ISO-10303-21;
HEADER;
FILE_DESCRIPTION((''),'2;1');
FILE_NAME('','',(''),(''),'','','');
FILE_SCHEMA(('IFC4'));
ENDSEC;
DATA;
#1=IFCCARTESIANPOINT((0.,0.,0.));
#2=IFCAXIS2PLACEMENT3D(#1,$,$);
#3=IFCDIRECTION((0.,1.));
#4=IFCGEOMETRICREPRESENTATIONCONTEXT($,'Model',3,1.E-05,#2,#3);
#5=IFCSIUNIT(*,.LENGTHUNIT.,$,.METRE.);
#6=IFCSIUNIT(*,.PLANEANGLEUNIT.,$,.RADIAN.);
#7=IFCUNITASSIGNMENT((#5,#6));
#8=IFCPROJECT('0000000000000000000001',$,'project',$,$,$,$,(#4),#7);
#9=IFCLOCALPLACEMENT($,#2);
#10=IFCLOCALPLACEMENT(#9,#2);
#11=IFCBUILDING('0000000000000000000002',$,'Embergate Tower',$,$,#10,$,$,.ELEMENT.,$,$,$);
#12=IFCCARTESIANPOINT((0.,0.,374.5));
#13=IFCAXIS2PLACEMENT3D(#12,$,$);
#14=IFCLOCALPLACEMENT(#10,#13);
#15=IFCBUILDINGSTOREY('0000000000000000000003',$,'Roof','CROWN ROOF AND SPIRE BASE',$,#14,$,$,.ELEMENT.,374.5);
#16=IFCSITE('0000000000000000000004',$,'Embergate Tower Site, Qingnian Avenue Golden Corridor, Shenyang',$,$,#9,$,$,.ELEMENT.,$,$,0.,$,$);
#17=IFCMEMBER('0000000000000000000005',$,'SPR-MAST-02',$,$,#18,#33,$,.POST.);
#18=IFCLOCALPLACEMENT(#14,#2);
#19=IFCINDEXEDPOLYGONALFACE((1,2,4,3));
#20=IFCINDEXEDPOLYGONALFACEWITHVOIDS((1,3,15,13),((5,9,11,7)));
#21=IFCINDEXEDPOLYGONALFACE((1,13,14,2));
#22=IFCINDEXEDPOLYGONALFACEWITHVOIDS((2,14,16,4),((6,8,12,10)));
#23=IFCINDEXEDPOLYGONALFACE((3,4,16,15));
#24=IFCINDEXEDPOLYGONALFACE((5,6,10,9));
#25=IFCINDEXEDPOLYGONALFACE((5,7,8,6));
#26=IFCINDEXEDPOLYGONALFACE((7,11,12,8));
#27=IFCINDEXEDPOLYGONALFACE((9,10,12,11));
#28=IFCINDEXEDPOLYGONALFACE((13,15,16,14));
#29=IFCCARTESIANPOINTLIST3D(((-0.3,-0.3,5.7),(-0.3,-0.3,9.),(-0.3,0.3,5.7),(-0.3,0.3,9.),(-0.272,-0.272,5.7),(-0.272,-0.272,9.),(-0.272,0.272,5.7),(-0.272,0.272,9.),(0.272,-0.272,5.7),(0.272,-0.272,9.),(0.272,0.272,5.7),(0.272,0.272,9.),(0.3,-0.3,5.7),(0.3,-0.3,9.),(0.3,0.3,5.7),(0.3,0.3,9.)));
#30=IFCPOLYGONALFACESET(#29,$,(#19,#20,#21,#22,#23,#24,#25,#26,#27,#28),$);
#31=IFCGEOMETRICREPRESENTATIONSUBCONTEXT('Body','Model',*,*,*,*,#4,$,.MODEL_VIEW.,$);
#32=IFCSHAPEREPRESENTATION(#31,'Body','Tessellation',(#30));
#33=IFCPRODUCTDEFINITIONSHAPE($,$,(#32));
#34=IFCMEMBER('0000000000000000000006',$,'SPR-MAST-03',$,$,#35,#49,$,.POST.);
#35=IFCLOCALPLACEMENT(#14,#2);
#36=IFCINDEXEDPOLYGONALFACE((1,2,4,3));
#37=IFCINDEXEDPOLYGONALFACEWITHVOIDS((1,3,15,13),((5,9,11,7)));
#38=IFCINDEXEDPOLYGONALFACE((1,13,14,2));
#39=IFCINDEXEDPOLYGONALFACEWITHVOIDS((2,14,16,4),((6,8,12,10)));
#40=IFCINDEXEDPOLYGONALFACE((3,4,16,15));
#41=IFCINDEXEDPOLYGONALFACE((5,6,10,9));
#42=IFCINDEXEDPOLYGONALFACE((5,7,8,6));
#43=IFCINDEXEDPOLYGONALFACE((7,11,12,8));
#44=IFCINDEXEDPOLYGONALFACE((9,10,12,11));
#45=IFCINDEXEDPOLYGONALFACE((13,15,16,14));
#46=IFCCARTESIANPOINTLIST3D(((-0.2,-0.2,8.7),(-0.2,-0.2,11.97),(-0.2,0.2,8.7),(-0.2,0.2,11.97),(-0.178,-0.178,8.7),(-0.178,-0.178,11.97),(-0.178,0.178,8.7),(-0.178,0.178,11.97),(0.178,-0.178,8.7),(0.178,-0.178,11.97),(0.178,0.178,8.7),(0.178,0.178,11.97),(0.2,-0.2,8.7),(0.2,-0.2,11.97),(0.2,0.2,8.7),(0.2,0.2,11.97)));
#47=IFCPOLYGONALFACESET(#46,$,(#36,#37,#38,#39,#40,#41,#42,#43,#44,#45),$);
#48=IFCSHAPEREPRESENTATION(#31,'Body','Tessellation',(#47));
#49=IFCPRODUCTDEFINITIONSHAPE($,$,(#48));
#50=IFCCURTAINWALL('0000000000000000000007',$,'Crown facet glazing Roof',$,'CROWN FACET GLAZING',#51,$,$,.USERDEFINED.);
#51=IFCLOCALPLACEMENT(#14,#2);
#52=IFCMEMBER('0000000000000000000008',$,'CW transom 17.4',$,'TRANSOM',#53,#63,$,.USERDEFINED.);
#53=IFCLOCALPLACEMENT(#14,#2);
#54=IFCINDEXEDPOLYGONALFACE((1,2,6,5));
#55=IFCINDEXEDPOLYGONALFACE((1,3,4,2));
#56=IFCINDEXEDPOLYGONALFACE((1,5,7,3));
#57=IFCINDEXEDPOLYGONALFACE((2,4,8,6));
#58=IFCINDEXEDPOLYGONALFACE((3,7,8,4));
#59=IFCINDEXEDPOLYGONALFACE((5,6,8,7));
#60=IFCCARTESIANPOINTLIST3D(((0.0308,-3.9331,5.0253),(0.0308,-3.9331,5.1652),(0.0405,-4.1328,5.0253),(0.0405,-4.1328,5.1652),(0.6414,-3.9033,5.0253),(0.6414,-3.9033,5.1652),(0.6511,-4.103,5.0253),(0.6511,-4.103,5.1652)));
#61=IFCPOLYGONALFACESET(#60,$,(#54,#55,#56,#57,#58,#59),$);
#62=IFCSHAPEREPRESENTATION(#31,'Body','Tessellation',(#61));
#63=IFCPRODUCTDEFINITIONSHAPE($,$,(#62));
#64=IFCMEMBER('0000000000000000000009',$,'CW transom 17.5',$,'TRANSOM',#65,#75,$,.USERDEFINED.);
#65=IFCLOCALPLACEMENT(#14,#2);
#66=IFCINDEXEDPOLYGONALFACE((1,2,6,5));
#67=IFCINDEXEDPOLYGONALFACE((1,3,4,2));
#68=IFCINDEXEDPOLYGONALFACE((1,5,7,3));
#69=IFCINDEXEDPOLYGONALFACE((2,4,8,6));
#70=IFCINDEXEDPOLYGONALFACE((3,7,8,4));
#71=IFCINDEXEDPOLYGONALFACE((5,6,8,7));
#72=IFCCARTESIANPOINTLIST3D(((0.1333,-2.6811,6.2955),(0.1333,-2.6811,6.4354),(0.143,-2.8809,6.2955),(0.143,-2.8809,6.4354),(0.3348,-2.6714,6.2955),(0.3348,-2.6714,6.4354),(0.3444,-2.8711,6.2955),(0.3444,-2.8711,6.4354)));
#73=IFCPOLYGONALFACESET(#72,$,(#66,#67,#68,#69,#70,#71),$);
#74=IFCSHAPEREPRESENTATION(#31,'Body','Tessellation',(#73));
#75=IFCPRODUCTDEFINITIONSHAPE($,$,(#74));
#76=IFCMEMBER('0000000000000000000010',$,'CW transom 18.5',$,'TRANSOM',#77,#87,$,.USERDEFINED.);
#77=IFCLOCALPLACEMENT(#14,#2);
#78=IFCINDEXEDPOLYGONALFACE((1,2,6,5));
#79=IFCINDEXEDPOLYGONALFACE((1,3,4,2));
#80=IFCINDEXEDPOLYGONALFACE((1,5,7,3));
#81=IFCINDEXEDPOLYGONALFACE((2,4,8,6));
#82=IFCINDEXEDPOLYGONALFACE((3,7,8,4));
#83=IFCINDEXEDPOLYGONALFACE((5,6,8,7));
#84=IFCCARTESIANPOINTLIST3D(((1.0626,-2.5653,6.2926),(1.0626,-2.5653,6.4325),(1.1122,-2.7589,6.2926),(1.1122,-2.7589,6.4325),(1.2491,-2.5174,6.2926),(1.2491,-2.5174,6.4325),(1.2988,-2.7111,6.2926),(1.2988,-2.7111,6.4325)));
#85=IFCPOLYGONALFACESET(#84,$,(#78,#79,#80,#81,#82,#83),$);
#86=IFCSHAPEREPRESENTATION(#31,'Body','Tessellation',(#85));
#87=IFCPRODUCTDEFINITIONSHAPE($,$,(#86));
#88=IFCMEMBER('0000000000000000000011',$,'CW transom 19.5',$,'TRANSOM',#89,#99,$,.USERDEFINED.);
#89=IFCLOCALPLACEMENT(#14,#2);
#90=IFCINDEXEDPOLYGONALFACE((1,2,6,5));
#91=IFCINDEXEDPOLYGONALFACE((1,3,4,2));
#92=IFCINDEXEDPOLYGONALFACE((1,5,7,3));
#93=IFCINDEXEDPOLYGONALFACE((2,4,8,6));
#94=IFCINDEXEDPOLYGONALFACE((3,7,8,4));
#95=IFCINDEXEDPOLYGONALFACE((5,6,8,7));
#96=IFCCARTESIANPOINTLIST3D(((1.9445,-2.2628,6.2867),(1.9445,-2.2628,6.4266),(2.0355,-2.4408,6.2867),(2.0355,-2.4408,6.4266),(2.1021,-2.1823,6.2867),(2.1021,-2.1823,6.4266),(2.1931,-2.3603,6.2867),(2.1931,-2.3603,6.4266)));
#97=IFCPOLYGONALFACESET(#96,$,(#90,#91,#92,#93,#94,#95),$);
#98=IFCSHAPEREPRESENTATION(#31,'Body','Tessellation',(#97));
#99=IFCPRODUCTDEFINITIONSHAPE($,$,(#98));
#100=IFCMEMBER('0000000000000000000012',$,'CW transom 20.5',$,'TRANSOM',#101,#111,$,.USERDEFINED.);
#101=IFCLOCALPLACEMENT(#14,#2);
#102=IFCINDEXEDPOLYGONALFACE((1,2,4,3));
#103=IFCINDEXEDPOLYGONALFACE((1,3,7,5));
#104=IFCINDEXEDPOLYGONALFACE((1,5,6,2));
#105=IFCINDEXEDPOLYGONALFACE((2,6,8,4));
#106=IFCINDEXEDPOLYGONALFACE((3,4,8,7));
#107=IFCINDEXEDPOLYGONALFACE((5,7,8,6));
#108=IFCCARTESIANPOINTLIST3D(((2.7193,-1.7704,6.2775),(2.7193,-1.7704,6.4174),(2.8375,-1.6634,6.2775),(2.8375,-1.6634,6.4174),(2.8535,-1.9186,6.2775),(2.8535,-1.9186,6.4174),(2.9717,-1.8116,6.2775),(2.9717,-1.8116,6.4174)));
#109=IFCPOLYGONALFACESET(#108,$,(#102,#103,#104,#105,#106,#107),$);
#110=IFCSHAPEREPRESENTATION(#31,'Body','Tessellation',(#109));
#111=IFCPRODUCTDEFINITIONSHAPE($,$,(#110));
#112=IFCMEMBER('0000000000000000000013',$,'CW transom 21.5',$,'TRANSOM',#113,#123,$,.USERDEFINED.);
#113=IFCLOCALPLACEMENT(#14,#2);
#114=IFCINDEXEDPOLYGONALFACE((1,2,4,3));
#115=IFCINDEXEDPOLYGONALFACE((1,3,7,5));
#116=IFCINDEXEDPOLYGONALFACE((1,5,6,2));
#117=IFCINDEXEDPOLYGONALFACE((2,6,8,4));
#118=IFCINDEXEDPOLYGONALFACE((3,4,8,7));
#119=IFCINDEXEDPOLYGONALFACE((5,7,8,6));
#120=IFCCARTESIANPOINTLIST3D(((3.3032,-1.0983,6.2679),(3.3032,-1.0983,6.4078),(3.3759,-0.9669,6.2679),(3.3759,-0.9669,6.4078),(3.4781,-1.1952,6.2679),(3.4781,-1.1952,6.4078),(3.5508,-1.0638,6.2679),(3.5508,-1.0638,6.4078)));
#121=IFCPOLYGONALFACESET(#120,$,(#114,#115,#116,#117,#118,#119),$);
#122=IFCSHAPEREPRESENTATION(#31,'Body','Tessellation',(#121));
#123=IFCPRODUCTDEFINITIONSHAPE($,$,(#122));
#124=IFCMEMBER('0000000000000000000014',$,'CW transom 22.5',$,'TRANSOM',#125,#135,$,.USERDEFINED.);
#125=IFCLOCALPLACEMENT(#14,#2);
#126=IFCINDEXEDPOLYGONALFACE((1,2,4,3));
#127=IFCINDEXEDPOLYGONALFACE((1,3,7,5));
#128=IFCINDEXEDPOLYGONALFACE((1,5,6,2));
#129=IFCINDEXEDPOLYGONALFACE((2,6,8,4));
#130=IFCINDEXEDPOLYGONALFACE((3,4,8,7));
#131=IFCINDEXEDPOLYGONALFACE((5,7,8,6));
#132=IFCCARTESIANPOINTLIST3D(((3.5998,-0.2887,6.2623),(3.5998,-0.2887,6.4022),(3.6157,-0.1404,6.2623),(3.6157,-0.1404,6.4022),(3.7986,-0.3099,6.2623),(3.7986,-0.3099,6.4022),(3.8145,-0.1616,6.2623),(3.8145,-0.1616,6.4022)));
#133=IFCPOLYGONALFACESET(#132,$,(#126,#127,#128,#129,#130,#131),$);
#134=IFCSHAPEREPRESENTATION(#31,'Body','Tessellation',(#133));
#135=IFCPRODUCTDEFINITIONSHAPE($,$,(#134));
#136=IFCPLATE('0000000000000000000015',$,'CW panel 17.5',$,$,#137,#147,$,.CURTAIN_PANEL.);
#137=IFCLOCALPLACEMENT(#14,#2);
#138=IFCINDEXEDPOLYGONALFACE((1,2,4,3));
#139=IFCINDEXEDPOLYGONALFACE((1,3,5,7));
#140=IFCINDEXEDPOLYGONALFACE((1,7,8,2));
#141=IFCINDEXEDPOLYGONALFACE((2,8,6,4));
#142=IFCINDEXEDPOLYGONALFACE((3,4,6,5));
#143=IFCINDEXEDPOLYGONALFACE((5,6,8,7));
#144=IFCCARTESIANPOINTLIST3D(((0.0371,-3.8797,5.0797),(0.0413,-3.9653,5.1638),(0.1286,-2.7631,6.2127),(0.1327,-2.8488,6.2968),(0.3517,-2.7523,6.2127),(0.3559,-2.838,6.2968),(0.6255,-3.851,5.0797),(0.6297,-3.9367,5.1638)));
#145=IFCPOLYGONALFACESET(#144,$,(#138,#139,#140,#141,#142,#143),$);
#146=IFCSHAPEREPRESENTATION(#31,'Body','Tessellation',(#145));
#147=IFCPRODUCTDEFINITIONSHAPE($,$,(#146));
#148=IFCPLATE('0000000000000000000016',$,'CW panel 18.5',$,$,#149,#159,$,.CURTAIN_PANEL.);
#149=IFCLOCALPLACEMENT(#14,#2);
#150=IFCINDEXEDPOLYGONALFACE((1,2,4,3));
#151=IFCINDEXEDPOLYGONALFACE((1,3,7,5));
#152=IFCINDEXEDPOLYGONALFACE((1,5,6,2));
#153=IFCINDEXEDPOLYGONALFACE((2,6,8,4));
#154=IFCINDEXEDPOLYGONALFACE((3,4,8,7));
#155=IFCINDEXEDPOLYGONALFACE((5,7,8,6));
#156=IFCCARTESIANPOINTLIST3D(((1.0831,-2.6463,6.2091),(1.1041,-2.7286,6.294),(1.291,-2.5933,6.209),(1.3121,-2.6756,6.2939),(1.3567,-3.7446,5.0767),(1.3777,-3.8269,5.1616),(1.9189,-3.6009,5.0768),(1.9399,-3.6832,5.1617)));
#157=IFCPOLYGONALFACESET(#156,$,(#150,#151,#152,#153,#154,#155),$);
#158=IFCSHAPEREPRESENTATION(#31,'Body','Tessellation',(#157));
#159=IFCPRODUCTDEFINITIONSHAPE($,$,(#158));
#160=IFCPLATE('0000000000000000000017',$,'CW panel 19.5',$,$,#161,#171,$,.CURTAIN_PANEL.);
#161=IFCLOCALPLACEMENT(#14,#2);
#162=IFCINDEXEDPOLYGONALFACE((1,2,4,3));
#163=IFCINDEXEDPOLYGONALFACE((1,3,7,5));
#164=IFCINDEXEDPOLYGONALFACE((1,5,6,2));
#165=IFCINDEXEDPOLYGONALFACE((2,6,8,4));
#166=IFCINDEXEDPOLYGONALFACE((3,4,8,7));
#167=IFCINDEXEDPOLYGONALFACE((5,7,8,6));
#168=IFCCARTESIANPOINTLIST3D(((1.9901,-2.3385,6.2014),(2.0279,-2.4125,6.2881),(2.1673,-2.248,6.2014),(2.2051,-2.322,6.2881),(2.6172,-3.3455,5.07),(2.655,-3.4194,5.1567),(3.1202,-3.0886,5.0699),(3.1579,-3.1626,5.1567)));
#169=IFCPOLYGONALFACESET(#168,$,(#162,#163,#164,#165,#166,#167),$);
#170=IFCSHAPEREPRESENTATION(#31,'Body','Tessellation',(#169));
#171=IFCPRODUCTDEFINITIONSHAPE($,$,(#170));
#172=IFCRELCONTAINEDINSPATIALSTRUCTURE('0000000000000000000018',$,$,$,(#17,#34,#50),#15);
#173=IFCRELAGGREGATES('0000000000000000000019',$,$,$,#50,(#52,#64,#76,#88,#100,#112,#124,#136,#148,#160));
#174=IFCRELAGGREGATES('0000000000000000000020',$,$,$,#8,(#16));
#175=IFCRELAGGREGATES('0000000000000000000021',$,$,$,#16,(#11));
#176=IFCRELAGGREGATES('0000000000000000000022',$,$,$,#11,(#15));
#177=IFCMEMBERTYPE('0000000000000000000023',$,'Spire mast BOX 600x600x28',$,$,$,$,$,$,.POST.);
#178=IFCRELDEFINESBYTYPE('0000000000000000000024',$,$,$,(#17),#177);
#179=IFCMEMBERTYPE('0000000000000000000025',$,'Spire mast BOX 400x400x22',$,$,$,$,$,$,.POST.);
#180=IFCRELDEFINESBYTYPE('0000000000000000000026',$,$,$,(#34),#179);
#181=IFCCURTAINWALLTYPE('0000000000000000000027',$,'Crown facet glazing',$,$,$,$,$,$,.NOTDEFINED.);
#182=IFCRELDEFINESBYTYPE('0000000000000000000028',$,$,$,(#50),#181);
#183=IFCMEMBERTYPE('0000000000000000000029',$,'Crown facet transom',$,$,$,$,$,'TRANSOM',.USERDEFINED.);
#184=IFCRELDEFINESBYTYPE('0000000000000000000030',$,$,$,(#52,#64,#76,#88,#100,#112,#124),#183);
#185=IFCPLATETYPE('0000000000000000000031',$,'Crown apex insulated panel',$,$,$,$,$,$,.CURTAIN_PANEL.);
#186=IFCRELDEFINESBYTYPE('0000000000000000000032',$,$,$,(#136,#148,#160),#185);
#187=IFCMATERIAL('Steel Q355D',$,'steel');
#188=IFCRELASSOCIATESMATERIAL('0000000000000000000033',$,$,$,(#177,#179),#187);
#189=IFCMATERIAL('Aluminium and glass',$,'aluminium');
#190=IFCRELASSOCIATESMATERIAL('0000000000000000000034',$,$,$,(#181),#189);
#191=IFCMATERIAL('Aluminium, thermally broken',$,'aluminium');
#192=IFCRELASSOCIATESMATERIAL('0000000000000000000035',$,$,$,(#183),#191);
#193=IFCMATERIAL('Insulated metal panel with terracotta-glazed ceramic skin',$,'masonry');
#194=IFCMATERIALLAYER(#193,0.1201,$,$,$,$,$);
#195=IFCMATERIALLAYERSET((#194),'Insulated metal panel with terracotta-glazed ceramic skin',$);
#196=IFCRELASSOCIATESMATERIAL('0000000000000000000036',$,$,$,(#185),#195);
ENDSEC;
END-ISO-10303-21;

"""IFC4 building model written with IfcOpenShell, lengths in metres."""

from ifc_helpers import new_model, si_unit, direction, frame, origin, origin_2d, place, context, subcontext, project, spatial, polyline, rectangle, hollow_rectangle, outline, extrude, source, transform, mapped, material, layer, layer_set, material_profile, profile_set, type_object, element, aggregate, save


model = new_model("IFC4")

# Units and contexts
model_context = context("Model", 3, precision=1e-05, world=origin(), true_north=direction((0.0, 1.0)))
body_context = subcontext(model_context, "Body", "Model", "MODEL_VIEW")
ifc_project = project(units=[si_unit("LENGTHUNIT", "METRE"), si_unit("PLANEANGLEUNIT", "RADIAN")], contexts=[model_context])

# Site, building, storey
site_placement = place(None, origin())
site = spatial("IfcSite", under=ifc_project, at=site_placement, Name="Embergate Tower Site, Qingnian Avenue Golden Corridor, Shenyang", CompositionType="ELEMENT", RefElevation=0.0)
building_placement = place(site_placement, origin())
building = spatial("IfcBuilding", under=site, at=building_placement, Name="Embergate Tower", CompositionType="ELEMENT")
storey_placement = place(building_placement, frame((0.0, 0.0, 374.5)))
storey = spatial("IfcBuildingStorey", under=building, at=storey_placement, Name="Roof", Description="CROWN ROOF AND SPIRE BASE", CompositionType="ELEMENT", Elevation=374.5)

# Members
ifc_material_1 = material(Name="Steel Q355D", Category="steel")
ifc_material_profile_1 = material_profile(ifc_material_1, hollow_rectangle(XDim=0.6001, YDim=0.6001, WallThickness=0.0281, at=origin_2d()), Name="BOX 600x600x28")
ifc_profile_set_1 = profile_set([ifc_material_profile_1], Name="Steel Q355 grade D")
member_type_1 = type_object("IfcMemberType", Name="Spire mast BOX 600x600x28", PredefinedType="POST", material=ifc_profile_set_1)
shared_shape_1 = source(origin(), body_context, "Body", "SweptSolid", [
    extrude(hollow_rectangle(XDim=0.6001, YDim=0.6001, WallThickness=0.0281, at=origin_2d()), origin(), (0.0, 0.0, 1.0), 3.3),
])
member_1_placement = place(storey_placement, frame((0.0, 0.0, 5.7), z_axis=(0.0, 0.0, 1.0), x_axis=(1.0, 0.0, 0.0)))
element("IfcMember", 1, at=member_1_placement, inside=storey, type_object=member_type_1, Name="SPR-MAST-02", PredefinedType="POST", context=body_context, shape_type="MappedRepresentation", body=[
    mapped(shared_shape_1, transform((0.0, 0.0, 0.0))),
])
ifc_material_profile_2 = material_profile(ifc_material_1, hollow_rectangle(XDim=0.3999, YDim=0.3999, WallThickness=0.022, at=origin_2d()), Name="BOX 400x400x22")
ifc_profile_set_2 = profile_set([ifc_material_profile_2], Name="Steel Q355 grade D")
member_type_2 = type_object("IfcMemberType", Name="Spire mast BOX 400x400x22", PredefinedType="POST", material=ifc_profile_set_2)
shared_shape_2 = source(origin(), body_context, "Body", "SweptSolid", [
    extrude(hollow_rectangle(XDim=0.3999, YDim=0.3999, WallThickness=0.022, at=origin_2d()), origin(), (0.0, 0.0, 1.0), 3.27),
])
member_2_placement = place(storey_placement, frame((0.0, 0.0, 8.7), z_axis=(0.0, 0.0, 1.0), x_axis=(1.0, 0.0, 0.0)))
element("IfcMember", 2, at=member_2_placement, inside=storey, type_object=member_type_2, Name="SPR-MAST-03", PredefinedType="POST", context=body_context, shape_type="MappedRepresentation", body=[
    mapped(shared_shape_2, transform((0.0, 0.0, 0.0))),
])

# Curtain wall, members, plates
ifc_material_2 = material(Name="Aluminium and glass", Category="aluminium")
curtain_wall_type = type_object("IfcCurtainWallType", Name="Crown facet glazing", PredefinedType="NOTDEFINED", material=ifc_material_2)
curtain_wall_placement = place(storey_placement, origin())
curtain_wall = element("IfcCurtainWall", 3, at=curtain_wall_placement, inside=storey, type_object=curtain_wall_type, Name="Crown facet glazing Roof", ObjectType="CROWN FACET GLAZING", PredefinedType="USERDEFINED")
ifc_material_3 = material(Name="Aluminium, thermally broken", Category="aluminium")
ifc_material_profile_3 = material_profile(ifc_material_3, rectangle(XDim=0.2, YDim=0.1399, at=origin_2d()), Name="AL 140x200")
ifc_profile_set_3 = profile_set([ifc_material_profile_3], Name="Aluminium, thermally broken")
member_type_3 = type_object("IfcMemberType", Name="Crown facet transom", ElementType="TRANSOM", PredefinedType="USERDEFINED", material=ifc_profile_set_3)
shared_shape_3 = source(origin(), body_context, "Body", "SweptSolid", [
    extrude(rectangle(XDim=0.2, YDim=0.1399, at=origin_2d()), origin(), (0.0, 0.0, 1.0), 0.6113),
])
member_3_placement = place(storey_placement, frame((0.0356, -4.033, 5.0952), z_axis=(0.998812, 0.048723, 0.0), x_axis=(-0.048723, 0.998812, 0.0)))
member_3 = element("IfcMember", 4, at=member_3_placement, type_object=member_type_3, Name="CW transom 17.4", ObjectType="TRANSOM", PredefinedType="USERDEFINED", context=body_context, shape_type="MappedRepresentation", body=[
    mapped(shared_shape_3, transform((0.0, 0.0, 0.0))),
])
shared_shape_4 = source(origin(), body_context, "Body", "SweptSolid", [
    extrude(rectangle(XDim=0.2, YDim=0.1399, at=origin_2d()), origin(), (0.0, 0.0, 1.0), 0.2017),
])
member_4_placement = place(storey_placement, frame((0.1382, -2.781, 6.3655), z_axis=(0.998827, 0.048428, 0.0), x_axis=(-0.048428, 0.998827, 0.0)))
member_4 = element("IfcMember", 5, at=member_4_placement, type_object=member_type_3, Name="CW transom 17.5", ObjectType="TRANSOM", PredefinedType="USERDEFINED", context=body_context, shape_type="MappedRepresentation", body=[
    mapped(shared_shape_4, transform((0.0, 0.0, 0.0))),
])
shared_shape_5 = source(origin(), body_context, "Body", "SweptSolid", [
    extrude(rectangle(XDim=0.2, YDim=0.1399, at=origin_2d()), origin(), (0.0, 0.0, 1.0), 0.1926),
])
member_5_placement = place(storey_placement, frame((1.0874, -2.6621, 6.3625), z_axis=(0.968633, 0.248497, 0.0), x_axis=(-0.248497, 0.968633, 0.0)))
member_5 = element("IfcMember", 6, at=member_5_placement, type_object=member_type_3, Name="CW transom 18.5", ObjectType="TRANSOM", PredefinedType="USERDEFINED", context=body_context, shape_type="MappedRepresentation", body=[
    mapped(shared_shape_5, transform((0.0, 0.0, 0.0))),
])
shared_shape_6 = source(origin(), body_context, "Body", "SweptSolid", [
    extrude(rectangle(XDim=0.2, YDim=0.1399, at=origin_2d()), origin(), (0.0, 0.0, 1.0), 0.177),
])
member_6_placement = place(storey_placement, frame((1.99, -2.3518, 6.3567), z_axis=(0.890534, 0.454917, 0.0), x_axis=(-0.454917, 0.890534, 0.0)))
member_6 = element("IfcMember", 7, at=member_6_placement, type_object=member_type_3, Name="CW transom 19.5", ObjectType="TRANSOM", PredefinedType="USERDEFINED", context=body_context, shape_type="MappedRepresentation", body=[
    mapped(shared_shape_6, transform((0.0, 0.0, 0.0))),
])
shared_shape_7 = source(origin(), body_context, "Body", "SweptSolid", [
    extrude(rectangle(XDim=0.2, YDim=0.1399, at=origin_2d()), origin(), (0.0, 0.0, 1.0), 0.1594),
])
member_7_placement = place(storey_placement, frame((2.7864, -1.8445, 6.3474), z_axis=(0.741463, 0.670994, 0.0), x_axis=(-0.670994, 0.741463, 0.0)))
member_7 = element("IfcMember", 8, at=member_7_placement, type_object=member_type_3, Name="CW transom 20.5", ObjectType="TRANSOM", PredefinedType="USERDEFINED", context=body_context, shape_type="MappedRepresentation", body=[
    mapped(shared_shape_7, transform((0.0, 0.0, 0.0))),
])
shared_shape_8 = source(origin(), body_context, "Body", "SweptSolid", [
    extrude(rectangle(XDim=0.2, YDim=0.1399, at=origin_2d()), origin(), (0.0, 0.0, 1.0), 0.1501),
])
member_8_placement = place(storey_placement, frame((3.3906, -1.1467, 6.3379), z_axis=(0.484538, 0.87477, 0.0), x_axis=(-0.87477, 0.484538, 0.0)))
member_8 = element("IfcMember", 9, at=member_8_placement, type_object=member_type_3, Name="CW transom 21.5", ObjectType="TRANSOM", PredefinedType="USERDEFINED", context=body_context, shape_type="MappedRepresentation", body=[
    mapped(shared_shape_8, transform((0.0, 0.0, 0.0))),
])
shared_shape_9 = source(origin(), body_context, "Body", "SweptSolid", [
    extrude(rectangle(XDim=0.2, YDim=0.1399, at=origin_2d()), origin(), (0.0, 0.0, 1.0), 0.1492),
])
member_9_placement = place(storey_placement, frame((3.6992, -0.2993, 6.3323), z_axis=(0.106302, 0.994334, 0.0), x_axis=(-0.994334, 0.106302, 0.0)))
member_9 = element("IfcMember", 10, at=member_9_placement, type_object=member_type_3, Name="CW transom 22.5", ObjectType="TRANSOM", PredefinedType="USERDEFINED", context=body_context, shape_type="MappedRepresentation", body=[
    mapped(shared_shape_9, transform((0.0, 0.0, 0.0))),
])
ifc_material_4 = material(Name="Insulated metal panel with terracotta-glazed ceramic skin", Category="masonry")
ifc_layer = layer(ifc_material_4, 0.1201)
ifc_layer_set = layer_set([ifc_layer], Name="Insulated metal panel with terracotta-glazed ceramic skin")
plate_type = type_object("IfcPlateType", Name="Crown apex insulated panel", PredefinedType="CURTAIN_PANEL", material=ifc_layer_set)
shared_shape_10 = source(origin(), body_context, "Body", "SweptSolid", [
    extrude(outline(polyline([(0.0, 0.0), (0.5891, 0.0), (0.3689, 1.5867), (0.1455, 1.5867), (0.0, 0.0)])), origin(), (0.0, 0.0, -1.0), 0.1201),
])
plate_1_placement = place(storey_placement, frame((0.0413, -3.9653, 5.1638), z_axis=(0.034761, -0.713243, 0.700054), x_axis=(0.998819, 0.048587, -0.000094)))
plate_1 = element("IfcPlate", 11, at=plate_1_placement, type_object=plate_type, Name="CW panel 17.5", PredefinedType="CURTAIN_PANEL", context=body_context, shape_type="MappedRepresentation", body=[
    mapped(shared_shape_10, transform((0.0, 0.0, 0.0))),
])
shared_shape_11 = source(origin(), body_context, "Body", "SweptSolid", [
    extrude(outline(polyline([(0.0, 0.0), (0.5803, 0.0), (0.2217, 1.6008), (0.0071, 1.6011), (0.0, 0.0)])), origin(), (0.0, 0.0, -1.0), 0.1201),
])
plate_2_placement = place(storey_placement, frame((1.3777, -3.8269, 5.1616), z_axis=(0.175063, -0.685264, 0.706942), x_axis=(0.96885, 0.247648, 0.000134)))
plate_2 = element("IfcPlate", 12, at=plate_2_placement, type_object=plate_type, Name="CW panel 18.5", PredefinedType="CURTAIN_PANEL", context=body_context, shape_type="MappedRepresentation", body=[
    mapped(shared_shape_11, transform((0.0, 0.0, 0.0))),
])
shared_shape_12 = source(origin(), body_context, "Body", "SweptSolid", [
    extrude(outline(polyline([(0.0, 0.0), (0.5647, 0.0), (0.0984, 1.6362), (-0.1006, 1.6362), (0.0, 0.0)])), origin(), (0.0, 0.0, -1.0), 0.1201),
])
plate_3_placement = place(storey_placement, frame((2.655, -3.4194, 5.1567), z_axis=(0.314526, -0.61579, 0.72241), x_axis=(0.890575, 0.454836, -0.000035)))
plate_3 = element("IfcPlate", 13, at=plate_3_placement, type_object=plate_type, Name="CW panel 19.5", PredefinedType="CURTAIN_PANEL", context=body_context, shape_type="MappedRepresentation", body=[
    mapped(shared_shape_12, transform((0.0, 0.0, 0.0))),
])
aggregate(curtain_wall, [member_3, member_4, member_5, member_6, member_7, member_8, member_9, plate_1, plate_2, plate_3])

save(model, "model.ifc")
